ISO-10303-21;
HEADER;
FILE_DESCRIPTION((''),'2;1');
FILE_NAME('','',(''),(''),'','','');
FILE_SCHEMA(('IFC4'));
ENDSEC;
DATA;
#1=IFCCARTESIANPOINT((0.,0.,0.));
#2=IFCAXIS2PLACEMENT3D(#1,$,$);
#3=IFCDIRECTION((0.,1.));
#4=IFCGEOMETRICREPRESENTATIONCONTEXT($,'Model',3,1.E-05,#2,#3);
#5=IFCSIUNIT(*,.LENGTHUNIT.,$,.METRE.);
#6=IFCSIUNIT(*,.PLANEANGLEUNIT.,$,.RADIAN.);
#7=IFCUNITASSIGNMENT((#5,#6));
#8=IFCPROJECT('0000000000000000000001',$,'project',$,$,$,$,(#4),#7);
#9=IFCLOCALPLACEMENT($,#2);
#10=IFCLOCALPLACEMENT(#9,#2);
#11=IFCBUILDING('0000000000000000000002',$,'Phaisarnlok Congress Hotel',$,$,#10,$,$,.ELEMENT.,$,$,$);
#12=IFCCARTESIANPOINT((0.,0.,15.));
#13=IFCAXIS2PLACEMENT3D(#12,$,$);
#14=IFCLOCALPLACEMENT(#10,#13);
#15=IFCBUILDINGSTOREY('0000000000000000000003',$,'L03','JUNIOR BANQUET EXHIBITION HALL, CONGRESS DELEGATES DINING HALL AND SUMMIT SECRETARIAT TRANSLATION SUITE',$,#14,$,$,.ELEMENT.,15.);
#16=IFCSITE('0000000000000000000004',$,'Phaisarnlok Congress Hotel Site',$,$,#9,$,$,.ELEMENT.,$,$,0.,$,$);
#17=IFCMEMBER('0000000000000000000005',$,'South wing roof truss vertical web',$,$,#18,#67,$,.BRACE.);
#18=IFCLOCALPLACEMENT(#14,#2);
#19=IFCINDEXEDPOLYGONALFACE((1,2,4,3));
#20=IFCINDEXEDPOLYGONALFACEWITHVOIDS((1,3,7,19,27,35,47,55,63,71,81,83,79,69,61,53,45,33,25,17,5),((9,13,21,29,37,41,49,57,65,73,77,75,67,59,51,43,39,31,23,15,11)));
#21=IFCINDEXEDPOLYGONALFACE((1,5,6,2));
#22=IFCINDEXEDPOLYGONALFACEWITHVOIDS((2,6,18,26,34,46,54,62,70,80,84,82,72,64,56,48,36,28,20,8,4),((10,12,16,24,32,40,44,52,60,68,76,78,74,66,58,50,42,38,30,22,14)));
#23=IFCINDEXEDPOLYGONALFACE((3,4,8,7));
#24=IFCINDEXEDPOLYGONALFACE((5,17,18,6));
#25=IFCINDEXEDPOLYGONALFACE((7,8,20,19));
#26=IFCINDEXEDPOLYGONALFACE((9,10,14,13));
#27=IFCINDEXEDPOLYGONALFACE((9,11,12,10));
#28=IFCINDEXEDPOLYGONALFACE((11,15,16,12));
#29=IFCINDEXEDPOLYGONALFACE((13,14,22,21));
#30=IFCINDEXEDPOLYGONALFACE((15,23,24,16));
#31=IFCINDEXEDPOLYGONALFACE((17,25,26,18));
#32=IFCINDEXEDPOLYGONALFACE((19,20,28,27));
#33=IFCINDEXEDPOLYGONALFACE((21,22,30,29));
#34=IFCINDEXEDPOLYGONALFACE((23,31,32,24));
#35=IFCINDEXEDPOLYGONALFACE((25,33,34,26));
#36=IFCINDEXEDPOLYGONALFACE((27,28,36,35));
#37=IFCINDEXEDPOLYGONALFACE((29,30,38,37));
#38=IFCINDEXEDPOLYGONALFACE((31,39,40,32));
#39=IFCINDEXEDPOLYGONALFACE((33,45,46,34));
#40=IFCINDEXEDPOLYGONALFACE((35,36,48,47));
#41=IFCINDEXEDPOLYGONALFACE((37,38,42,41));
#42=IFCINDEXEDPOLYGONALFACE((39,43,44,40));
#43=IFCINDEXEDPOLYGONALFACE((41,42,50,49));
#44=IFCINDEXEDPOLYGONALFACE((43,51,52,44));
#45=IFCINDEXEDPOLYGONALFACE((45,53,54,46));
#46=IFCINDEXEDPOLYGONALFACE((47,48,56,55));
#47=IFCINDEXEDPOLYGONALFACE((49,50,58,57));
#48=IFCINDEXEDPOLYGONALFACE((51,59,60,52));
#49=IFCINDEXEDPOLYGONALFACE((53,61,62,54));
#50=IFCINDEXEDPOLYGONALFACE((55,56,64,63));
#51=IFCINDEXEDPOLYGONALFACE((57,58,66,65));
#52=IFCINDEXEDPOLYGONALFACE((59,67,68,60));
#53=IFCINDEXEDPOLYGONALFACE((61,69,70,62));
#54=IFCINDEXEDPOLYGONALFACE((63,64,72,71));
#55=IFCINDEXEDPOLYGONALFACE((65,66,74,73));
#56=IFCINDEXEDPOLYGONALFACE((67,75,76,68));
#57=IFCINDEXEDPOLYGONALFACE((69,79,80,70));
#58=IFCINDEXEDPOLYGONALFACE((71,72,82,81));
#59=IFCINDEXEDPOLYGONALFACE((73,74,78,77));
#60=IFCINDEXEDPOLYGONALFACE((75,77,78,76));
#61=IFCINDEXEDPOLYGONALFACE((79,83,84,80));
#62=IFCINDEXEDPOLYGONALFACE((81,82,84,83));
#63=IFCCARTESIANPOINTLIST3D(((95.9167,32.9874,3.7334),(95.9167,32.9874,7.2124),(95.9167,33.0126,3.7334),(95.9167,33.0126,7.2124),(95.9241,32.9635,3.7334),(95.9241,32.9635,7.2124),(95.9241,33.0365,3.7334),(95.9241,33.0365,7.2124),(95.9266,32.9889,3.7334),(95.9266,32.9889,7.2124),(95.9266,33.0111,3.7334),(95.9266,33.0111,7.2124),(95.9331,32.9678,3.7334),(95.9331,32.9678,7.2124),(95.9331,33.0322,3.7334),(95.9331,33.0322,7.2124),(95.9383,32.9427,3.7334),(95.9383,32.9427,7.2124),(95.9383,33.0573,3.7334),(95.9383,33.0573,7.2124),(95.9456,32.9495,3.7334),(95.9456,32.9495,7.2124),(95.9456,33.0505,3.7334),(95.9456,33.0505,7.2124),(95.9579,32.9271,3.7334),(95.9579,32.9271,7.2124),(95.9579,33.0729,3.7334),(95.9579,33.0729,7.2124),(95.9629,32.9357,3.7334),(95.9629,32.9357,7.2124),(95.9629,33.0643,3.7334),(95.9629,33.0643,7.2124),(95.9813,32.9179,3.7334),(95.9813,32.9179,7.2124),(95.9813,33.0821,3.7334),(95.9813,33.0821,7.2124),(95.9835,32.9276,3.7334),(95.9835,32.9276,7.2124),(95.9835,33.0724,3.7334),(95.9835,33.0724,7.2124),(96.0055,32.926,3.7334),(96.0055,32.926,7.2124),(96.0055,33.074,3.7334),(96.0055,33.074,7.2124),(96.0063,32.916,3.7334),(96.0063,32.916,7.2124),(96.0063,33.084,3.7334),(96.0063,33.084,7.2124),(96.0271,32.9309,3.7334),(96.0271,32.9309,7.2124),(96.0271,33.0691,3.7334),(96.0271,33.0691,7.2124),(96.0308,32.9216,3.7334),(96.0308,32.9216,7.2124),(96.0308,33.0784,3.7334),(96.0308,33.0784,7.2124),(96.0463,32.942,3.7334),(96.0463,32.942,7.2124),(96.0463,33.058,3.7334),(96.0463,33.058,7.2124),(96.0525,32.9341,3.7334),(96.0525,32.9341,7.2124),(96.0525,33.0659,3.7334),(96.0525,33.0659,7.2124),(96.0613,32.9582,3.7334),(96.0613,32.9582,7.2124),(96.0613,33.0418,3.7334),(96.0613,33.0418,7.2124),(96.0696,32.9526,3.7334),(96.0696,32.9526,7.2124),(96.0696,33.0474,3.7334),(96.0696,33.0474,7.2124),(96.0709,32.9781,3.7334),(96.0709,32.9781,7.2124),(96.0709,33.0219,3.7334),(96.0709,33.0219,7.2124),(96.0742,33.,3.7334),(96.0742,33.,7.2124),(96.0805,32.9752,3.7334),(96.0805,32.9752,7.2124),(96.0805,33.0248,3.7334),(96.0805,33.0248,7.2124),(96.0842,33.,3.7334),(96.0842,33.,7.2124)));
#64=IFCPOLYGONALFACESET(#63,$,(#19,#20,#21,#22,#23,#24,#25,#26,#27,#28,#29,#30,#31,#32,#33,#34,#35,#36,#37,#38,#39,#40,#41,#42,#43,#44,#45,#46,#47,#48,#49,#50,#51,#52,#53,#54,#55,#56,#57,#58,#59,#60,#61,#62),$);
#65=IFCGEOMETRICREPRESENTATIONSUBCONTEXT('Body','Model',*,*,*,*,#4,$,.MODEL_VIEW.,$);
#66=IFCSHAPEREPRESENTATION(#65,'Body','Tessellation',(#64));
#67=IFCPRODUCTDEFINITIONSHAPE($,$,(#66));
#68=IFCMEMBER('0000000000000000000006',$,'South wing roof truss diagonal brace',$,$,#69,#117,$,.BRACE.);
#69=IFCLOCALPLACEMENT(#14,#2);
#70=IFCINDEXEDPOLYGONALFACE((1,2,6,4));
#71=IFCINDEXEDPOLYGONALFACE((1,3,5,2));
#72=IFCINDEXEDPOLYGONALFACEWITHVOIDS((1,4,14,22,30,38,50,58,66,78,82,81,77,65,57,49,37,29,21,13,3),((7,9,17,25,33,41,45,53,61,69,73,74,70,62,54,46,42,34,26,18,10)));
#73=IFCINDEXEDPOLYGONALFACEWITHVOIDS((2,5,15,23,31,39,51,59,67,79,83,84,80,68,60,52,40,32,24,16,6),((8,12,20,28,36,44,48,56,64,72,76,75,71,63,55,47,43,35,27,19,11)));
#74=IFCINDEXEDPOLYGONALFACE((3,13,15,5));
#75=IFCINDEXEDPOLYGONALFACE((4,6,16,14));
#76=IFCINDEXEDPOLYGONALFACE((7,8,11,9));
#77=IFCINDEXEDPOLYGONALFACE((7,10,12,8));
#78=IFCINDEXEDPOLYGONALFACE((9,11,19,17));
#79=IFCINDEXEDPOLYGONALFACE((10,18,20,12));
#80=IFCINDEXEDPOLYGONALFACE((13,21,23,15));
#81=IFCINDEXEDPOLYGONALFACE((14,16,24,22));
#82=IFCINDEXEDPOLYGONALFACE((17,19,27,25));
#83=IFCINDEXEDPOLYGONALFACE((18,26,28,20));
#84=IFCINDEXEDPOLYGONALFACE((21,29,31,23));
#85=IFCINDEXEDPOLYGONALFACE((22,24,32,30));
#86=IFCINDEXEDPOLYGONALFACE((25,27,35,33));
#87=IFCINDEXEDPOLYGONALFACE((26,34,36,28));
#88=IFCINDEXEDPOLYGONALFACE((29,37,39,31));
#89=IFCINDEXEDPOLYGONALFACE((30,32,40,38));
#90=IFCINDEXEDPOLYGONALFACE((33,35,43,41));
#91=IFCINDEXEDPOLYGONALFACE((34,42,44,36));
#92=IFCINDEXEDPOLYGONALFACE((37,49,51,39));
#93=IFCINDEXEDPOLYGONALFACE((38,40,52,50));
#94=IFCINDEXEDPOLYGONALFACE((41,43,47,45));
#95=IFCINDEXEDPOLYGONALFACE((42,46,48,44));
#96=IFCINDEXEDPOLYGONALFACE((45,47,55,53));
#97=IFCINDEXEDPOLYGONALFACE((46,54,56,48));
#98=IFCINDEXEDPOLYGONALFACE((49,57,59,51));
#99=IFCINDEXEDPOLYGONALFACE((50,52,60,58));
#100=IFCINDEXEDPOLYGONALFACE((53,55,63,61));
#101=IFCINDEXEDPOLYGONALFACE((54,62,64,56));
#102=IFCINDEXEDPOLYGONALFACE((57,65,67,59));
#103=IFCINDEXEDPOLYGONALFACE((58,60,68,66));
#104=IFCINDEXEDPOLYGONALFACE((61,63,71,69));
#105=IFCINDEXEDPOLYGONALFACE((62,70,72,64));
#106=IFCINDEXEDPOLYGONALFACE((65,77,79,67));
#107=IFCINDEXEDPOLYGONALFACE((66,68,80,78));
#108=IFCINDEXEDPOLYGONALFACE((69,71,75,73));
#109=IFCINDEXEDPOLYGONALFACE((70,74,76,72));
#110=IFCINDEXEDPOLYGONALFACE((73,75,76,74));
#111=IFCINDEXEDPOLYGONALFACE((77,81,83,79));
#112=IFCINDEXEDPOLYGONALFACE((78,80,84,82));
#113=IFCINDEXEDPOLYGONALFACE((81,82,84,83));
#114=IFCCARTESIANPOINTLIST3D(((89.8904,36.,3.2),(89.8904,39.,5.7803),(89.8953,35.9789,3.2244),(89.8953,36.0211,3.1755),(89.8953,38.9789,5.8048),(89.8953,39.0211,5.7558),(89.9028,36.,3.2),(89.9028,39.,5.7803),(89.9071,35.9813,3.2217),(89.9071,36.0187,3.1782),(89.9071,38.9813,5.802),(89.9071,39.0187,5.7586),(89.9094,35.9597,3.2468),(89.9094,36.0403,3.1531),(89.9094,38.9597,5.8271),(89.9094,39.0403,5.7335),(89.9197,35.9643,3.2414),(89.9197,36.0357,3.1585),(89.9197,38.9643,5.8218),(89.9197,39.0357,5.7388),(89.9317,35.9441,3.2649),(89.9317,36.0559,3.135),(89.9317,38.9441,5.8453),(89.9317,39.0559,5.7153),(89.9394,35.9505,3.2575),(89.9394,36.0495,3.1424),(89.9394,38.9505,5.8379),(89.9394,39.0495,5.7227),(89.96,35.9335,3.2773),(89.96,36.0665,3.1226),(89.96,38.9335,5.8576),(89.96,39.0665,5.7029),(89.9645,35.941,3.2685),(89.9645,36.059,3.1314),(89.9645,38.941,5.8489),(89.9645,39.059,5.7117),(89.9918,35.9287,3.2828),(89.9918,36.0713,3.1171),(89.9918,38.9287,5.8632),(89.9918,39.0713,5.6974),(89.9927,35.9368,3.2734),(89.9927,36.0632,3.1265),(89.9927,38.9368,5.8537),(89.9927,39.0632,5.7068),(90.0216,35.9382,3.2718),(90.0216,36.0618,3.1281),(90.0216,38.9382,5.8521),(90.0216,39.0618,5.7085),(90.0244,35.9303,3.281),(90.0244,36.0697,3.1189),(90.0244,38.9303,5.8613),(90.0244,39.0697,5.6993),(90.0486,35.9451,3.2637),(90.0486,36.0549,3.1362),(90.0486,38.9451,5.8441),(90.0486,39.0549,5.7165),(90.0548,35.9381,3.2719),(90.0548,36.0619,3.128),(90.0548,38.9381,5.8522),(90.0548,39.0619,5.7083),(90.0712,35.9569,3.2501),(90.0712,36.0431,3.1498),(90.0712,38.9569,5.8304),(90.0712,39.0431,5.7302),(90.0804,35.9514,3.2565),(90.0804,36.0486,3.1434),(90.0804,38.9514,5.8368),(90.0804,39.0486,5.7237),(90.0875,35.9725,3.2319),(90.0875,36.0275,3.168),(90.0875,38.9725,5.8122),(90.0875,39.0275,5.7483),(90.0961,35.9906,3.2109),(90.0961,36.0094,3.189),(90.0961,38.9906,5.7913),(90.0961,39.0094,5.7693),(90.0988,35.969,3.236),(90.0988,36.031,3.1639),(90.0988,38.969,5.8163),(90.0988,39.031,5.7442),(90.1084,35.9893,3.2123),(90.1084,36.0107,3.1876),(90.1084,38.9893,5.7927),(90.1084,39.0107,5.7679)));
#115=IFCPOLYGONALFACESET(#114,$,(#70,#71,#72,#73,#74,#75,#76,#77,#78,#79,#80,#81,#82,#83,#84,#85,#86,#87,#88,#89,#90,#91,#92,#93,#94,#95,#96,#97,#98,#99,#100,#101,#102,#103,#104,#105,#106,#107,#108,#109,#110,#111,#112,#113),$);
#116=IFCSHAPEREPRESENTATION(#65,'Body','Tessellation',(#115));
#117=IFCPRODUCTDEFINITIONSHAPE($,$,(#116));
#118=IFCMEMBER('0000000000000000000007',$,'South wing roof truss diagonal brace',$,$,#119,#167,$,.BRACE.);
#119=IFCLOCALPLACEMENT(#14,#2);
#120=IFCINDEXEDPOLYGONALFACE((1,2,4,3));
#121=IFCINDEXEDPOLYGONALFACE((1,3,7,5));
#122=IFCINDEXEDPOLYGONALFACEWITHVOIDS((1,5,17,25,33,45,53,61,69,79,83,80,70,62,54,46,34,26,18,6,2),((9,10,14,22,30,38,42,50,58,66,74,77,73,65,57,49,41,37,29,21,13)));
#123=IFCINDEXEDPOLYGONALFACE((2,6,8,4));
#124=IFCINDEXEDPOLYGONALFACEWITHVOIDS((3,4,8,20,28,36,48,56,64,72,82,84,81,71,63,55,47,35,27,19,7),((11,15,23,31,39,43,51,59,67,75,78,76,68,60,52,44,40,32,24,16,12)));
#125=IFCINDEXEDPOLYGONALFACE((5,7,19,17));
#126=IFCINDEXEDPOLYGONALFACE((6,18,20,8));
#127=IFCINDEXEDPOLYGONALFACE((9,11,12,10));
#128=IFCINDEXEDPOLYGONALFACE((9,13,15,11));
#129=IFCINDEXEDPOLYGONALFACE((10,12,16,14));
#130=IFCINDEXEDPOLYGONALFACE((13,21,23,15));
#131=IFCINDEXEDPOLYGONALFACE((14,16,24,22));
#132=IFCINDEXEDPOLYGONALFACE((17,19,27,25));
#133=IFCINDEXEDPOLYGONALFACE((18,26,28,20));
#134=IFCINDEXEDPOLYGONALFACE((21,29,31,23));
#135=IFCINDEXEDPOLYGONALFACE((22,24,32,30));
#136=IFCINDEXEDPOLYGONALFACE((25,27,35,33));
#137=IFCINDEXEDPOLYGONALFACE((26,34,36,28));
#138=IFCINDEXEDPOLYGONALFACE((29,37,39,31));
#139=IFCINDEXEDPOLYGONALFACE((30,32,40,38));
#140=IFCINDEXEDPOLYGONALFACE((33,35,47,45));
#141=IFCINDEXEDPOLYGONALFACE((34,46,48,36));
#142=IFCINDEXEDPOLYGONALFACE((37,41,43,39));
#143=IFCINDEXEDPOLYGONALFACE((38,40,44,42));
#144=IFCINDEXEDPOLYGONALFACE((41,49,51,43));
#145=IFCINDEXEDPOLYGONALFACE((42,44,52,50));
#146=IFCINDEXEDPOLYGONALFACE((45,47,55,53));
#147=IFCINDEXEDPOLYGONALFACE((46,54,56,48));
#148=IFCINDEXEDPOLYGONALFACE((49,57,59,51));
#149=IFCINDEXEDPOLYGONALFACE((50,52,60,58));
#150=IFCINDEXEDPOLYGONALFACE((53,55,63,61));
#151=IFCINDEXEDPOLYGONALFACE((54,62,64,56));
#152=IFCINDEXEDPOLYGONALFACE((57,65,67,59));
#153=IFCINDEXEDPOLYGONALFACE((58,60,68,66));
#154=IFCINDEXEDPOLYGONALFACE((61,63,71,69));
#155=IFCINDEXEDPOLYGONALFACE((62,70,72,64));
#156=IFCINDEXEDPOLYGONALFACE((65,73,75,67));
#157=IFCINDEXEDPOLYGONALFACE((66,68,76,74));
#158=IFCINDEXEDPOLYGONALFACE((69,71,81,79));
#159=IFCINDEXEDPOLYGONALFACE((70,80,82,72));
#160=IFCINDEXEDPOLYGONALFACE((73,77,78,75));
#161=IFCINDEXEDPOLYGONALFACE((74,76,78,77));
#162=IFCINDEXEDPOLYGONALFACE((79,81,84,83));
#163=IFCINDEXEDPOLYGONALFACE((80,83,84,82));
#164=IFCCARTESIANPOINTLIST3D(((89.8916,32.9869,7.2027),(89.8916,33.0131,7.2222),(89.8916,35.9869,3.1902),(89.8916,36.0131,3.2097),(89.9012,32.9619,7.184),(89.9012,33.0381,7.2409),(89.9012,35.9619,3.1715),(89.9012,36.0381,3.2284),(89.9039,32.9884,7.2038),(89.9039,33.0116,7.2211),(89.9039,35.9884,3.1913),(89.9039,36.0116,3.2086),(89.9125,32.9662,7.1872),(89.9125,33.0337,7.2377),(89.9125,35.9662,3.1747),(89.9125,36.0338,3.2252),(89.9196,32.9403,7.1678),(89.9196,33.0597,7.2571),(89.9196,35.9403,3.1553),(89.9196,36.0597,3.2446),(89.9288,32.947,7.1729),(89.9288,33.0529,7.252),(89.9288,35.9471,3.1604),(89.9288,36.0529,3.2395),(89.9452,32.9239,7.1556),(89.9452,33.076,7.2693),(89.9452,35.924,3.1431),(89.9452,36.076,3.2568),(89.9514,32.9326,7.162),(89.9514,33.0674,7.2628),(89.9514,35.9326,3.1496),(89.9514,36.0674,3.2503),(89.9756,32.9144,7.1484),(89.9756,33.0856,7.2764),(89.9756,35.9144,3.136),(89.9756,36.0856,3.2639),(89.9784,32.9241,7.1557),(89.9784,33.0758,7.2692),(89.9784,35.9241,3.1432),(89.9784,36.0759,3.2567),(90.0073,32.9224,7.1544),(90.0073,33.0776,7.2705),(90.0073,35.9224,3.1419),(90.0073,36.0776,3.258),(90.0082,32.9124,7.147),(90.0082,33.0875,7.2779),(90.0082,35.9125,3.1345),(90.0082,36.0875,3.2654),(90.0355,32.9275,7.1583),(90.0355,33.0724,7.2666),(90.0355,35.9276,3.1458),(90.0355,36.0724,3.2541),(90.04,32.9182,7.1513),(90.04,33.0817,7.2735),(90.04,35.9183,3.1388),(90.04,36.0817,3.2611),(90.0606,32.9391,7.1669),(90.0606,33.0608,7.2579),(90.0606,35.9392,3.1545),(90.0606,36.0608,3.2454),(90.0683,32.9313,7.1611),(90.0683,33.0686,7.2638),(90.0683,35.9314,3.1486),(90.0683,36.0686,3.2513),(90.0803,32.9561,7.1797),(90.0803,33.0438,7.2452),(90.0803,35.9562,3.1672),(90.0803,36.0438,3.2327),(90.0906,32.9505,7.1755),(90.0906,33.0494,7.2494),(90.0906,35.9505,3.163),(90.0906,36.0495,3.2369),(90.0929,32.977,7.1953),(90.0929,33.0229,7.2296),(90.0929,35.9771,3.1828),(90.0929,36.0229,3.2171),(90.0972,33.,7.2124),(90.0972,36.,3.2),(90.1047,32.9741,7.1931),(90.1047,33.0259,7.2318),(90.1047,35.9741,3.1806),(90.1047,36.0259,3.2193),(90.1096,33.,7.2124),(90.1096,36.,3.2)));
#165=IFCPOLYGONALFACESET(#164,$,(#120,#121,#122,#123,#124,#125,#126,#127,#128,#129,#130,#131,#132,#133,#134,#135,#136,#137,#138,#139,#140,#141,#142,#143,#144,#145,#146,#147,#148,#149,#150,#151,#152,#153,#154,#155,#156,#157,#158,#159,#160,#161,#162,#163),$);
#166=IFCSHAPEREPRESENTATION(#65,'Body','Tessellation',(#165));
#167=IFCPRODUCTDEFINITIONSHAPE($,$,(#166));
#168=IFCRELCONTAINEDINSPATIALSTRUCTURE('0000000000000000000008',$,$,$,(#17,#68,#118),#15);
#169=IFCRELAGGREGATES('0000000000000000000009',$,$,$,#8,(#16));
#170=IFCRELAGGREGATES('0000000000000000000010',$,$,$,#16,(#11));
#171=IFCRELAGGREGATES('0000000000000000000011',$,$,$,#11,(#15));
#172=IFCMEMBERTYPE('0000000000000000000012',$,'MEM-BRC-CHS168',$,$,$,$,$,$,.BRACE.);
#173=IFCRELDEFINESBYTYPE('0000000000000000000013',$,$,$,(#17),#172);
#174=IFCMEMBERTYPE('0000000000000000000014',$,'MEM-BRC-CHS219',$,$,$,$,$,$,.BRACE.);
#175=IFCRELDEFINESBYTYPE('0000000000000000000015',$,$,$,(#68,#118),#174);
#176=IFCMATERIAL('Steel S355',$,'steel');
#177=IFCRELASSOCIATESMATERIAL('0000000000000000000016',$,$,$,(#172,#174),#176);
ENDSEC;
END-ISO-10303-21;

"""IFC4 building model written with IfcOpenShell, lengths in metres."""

from ifc_helpers import new_model, si_unit, direction, frame, origin, origin_2d, place, context, subcontext, project, spatial, hollow_circle, extrude, material, material_profile, profile_set, type_object, element, save


model = new_model("IFC4")

# Units and contexts
model_context = context("Model", 3, precision=1e-05, world=origin(), true_north=direction((0.0, 1.0)))
body_context = subcontext(model_context, "Body", "Model", "MODEL_VIEW")
ifc_project = project(units=[si_unit("LENGTHUNIT", "METRE"), si_unit("PLANEANGLEUNIT", "RADIAN")], contexts=[model_context])

# Site, building, storey
site_placement = place(None, origin())
site = spatial("IfcSite", under=ifc_project, at=site_placement, Name="Phaisarnlok Congress Hotel Site", CompositionType="ELEMENT", RefElevation=0.0)
building_placement = place(site_placement, origin())
building = spatial("IfcBuilding", under=site, at=building_placement, Name="Phaisarnlok Congress Hotel", CompositionType="ELEMENT")
storey_placement = place(building_placement, frame((0.0, 0.0, 15.0)))
storey = spatial("IfcBuildingStorey", under=building, at=storey_placement, Name="L03", Description="JUNIOR BANQUET EXHIBITION HALL, CONGRESS DELEGATES DINING HALL AND SUMMIT SECRETARIAT TRANSLATION SUITE", CompositionType="ELEMENT", Elevation=15.0)

# Shared definitions
ifc_material_1 = material(Name="Steel S355", Category="steel")

# Members
ifc_material_profile_1 = material_profile(ifc_material_1, hollow_circle(Radius=0.0842, WallThickness=0.01, at=origin_2d()), Name="CHS 168.3x10")
ifc_profile_set_1 = profile_set([ifc_material_profile_1], Name="Steel S355")
member_type_1 = type_object("IfcMemberType", Name="MEM-BRC-CHS168", PredefinedType="BRACE", material=ifc_profile_set_1)
member_1_placement = place(storey_placement, frame((96.0, 33.0, 3.7334), z_axis=(0.0, 0.0, 1.0), x_axis=(1.0, 0.0, 0.0)))
element("IfcMember", 1, at=member_1_placement, inside=storey, type_object=member_type_1, Name="South wing roof truss vertical web", PredefinedType="BRACE", context=body_context, shape_type="SweptSolid", body=[
    extrude(hollow_circle(Radius=0.0842, WallThickness=0.01, at=origin_2d()), origin(), (0.0, 0.0, 1.0), 3.479),
])
ifc_material_profile_2 = material_profile(ifc_material_1, hollow_circle(Radius=0.1096, WallThickness=0.0125, at=origin_2d()), Name="CHS 219.1x12.5")
ifc_profile_set_2 = profile_set([ifc_material_profile_2], Name="Steel S355")
member_type_2 = type_object("IfcMemberType", Name="MEM-BRC-CHS219", PredefinedType="BRACE", material=ifc_profile_set_2)
member_2_placement = place(storey_placement, frame((90.0, 36.0, 3.2), z_axis=(0.0, 0.758145, 0.652086), x_axis=(-1.0, 0.0, 0.0)))
element("IfcMember", 2, at=member_2_placement, inside=storey, type_object=member_type_2, Name="South wing roof truss diagonal brace", PredefinedType="BRACE", context=body_context, shape_type="SweptSolid", body=[
    extrude(hollow_circle(Radius=0.1096, WallThickness=0.0125, at=origin_2d()), origin(), (0.0, 0.0, 1.0), 3.957),
])
member_3_placement = place(storey_placement, frame((90.0, 36.0, 3.2), z_axis=(0.0, -0.598806, 0.800894), x_axis=(1.0, 0.0, 0.0)))
element("IfcMember", 3, at=member_3_placement, inside=storey, type_object=member_type_2, Name="South wing roof truss diagonal brace", PredefinedType="BRACE", context=body_context, shape_type="SweptSolid", body=[
    extrude(hollow_circle(Radius=0.1096, WallThickness=0.0125, at=origin_2d()), origin(), (0.0, 0.0, 1.0), 5.01),
])

save(model, "model.ifc")
